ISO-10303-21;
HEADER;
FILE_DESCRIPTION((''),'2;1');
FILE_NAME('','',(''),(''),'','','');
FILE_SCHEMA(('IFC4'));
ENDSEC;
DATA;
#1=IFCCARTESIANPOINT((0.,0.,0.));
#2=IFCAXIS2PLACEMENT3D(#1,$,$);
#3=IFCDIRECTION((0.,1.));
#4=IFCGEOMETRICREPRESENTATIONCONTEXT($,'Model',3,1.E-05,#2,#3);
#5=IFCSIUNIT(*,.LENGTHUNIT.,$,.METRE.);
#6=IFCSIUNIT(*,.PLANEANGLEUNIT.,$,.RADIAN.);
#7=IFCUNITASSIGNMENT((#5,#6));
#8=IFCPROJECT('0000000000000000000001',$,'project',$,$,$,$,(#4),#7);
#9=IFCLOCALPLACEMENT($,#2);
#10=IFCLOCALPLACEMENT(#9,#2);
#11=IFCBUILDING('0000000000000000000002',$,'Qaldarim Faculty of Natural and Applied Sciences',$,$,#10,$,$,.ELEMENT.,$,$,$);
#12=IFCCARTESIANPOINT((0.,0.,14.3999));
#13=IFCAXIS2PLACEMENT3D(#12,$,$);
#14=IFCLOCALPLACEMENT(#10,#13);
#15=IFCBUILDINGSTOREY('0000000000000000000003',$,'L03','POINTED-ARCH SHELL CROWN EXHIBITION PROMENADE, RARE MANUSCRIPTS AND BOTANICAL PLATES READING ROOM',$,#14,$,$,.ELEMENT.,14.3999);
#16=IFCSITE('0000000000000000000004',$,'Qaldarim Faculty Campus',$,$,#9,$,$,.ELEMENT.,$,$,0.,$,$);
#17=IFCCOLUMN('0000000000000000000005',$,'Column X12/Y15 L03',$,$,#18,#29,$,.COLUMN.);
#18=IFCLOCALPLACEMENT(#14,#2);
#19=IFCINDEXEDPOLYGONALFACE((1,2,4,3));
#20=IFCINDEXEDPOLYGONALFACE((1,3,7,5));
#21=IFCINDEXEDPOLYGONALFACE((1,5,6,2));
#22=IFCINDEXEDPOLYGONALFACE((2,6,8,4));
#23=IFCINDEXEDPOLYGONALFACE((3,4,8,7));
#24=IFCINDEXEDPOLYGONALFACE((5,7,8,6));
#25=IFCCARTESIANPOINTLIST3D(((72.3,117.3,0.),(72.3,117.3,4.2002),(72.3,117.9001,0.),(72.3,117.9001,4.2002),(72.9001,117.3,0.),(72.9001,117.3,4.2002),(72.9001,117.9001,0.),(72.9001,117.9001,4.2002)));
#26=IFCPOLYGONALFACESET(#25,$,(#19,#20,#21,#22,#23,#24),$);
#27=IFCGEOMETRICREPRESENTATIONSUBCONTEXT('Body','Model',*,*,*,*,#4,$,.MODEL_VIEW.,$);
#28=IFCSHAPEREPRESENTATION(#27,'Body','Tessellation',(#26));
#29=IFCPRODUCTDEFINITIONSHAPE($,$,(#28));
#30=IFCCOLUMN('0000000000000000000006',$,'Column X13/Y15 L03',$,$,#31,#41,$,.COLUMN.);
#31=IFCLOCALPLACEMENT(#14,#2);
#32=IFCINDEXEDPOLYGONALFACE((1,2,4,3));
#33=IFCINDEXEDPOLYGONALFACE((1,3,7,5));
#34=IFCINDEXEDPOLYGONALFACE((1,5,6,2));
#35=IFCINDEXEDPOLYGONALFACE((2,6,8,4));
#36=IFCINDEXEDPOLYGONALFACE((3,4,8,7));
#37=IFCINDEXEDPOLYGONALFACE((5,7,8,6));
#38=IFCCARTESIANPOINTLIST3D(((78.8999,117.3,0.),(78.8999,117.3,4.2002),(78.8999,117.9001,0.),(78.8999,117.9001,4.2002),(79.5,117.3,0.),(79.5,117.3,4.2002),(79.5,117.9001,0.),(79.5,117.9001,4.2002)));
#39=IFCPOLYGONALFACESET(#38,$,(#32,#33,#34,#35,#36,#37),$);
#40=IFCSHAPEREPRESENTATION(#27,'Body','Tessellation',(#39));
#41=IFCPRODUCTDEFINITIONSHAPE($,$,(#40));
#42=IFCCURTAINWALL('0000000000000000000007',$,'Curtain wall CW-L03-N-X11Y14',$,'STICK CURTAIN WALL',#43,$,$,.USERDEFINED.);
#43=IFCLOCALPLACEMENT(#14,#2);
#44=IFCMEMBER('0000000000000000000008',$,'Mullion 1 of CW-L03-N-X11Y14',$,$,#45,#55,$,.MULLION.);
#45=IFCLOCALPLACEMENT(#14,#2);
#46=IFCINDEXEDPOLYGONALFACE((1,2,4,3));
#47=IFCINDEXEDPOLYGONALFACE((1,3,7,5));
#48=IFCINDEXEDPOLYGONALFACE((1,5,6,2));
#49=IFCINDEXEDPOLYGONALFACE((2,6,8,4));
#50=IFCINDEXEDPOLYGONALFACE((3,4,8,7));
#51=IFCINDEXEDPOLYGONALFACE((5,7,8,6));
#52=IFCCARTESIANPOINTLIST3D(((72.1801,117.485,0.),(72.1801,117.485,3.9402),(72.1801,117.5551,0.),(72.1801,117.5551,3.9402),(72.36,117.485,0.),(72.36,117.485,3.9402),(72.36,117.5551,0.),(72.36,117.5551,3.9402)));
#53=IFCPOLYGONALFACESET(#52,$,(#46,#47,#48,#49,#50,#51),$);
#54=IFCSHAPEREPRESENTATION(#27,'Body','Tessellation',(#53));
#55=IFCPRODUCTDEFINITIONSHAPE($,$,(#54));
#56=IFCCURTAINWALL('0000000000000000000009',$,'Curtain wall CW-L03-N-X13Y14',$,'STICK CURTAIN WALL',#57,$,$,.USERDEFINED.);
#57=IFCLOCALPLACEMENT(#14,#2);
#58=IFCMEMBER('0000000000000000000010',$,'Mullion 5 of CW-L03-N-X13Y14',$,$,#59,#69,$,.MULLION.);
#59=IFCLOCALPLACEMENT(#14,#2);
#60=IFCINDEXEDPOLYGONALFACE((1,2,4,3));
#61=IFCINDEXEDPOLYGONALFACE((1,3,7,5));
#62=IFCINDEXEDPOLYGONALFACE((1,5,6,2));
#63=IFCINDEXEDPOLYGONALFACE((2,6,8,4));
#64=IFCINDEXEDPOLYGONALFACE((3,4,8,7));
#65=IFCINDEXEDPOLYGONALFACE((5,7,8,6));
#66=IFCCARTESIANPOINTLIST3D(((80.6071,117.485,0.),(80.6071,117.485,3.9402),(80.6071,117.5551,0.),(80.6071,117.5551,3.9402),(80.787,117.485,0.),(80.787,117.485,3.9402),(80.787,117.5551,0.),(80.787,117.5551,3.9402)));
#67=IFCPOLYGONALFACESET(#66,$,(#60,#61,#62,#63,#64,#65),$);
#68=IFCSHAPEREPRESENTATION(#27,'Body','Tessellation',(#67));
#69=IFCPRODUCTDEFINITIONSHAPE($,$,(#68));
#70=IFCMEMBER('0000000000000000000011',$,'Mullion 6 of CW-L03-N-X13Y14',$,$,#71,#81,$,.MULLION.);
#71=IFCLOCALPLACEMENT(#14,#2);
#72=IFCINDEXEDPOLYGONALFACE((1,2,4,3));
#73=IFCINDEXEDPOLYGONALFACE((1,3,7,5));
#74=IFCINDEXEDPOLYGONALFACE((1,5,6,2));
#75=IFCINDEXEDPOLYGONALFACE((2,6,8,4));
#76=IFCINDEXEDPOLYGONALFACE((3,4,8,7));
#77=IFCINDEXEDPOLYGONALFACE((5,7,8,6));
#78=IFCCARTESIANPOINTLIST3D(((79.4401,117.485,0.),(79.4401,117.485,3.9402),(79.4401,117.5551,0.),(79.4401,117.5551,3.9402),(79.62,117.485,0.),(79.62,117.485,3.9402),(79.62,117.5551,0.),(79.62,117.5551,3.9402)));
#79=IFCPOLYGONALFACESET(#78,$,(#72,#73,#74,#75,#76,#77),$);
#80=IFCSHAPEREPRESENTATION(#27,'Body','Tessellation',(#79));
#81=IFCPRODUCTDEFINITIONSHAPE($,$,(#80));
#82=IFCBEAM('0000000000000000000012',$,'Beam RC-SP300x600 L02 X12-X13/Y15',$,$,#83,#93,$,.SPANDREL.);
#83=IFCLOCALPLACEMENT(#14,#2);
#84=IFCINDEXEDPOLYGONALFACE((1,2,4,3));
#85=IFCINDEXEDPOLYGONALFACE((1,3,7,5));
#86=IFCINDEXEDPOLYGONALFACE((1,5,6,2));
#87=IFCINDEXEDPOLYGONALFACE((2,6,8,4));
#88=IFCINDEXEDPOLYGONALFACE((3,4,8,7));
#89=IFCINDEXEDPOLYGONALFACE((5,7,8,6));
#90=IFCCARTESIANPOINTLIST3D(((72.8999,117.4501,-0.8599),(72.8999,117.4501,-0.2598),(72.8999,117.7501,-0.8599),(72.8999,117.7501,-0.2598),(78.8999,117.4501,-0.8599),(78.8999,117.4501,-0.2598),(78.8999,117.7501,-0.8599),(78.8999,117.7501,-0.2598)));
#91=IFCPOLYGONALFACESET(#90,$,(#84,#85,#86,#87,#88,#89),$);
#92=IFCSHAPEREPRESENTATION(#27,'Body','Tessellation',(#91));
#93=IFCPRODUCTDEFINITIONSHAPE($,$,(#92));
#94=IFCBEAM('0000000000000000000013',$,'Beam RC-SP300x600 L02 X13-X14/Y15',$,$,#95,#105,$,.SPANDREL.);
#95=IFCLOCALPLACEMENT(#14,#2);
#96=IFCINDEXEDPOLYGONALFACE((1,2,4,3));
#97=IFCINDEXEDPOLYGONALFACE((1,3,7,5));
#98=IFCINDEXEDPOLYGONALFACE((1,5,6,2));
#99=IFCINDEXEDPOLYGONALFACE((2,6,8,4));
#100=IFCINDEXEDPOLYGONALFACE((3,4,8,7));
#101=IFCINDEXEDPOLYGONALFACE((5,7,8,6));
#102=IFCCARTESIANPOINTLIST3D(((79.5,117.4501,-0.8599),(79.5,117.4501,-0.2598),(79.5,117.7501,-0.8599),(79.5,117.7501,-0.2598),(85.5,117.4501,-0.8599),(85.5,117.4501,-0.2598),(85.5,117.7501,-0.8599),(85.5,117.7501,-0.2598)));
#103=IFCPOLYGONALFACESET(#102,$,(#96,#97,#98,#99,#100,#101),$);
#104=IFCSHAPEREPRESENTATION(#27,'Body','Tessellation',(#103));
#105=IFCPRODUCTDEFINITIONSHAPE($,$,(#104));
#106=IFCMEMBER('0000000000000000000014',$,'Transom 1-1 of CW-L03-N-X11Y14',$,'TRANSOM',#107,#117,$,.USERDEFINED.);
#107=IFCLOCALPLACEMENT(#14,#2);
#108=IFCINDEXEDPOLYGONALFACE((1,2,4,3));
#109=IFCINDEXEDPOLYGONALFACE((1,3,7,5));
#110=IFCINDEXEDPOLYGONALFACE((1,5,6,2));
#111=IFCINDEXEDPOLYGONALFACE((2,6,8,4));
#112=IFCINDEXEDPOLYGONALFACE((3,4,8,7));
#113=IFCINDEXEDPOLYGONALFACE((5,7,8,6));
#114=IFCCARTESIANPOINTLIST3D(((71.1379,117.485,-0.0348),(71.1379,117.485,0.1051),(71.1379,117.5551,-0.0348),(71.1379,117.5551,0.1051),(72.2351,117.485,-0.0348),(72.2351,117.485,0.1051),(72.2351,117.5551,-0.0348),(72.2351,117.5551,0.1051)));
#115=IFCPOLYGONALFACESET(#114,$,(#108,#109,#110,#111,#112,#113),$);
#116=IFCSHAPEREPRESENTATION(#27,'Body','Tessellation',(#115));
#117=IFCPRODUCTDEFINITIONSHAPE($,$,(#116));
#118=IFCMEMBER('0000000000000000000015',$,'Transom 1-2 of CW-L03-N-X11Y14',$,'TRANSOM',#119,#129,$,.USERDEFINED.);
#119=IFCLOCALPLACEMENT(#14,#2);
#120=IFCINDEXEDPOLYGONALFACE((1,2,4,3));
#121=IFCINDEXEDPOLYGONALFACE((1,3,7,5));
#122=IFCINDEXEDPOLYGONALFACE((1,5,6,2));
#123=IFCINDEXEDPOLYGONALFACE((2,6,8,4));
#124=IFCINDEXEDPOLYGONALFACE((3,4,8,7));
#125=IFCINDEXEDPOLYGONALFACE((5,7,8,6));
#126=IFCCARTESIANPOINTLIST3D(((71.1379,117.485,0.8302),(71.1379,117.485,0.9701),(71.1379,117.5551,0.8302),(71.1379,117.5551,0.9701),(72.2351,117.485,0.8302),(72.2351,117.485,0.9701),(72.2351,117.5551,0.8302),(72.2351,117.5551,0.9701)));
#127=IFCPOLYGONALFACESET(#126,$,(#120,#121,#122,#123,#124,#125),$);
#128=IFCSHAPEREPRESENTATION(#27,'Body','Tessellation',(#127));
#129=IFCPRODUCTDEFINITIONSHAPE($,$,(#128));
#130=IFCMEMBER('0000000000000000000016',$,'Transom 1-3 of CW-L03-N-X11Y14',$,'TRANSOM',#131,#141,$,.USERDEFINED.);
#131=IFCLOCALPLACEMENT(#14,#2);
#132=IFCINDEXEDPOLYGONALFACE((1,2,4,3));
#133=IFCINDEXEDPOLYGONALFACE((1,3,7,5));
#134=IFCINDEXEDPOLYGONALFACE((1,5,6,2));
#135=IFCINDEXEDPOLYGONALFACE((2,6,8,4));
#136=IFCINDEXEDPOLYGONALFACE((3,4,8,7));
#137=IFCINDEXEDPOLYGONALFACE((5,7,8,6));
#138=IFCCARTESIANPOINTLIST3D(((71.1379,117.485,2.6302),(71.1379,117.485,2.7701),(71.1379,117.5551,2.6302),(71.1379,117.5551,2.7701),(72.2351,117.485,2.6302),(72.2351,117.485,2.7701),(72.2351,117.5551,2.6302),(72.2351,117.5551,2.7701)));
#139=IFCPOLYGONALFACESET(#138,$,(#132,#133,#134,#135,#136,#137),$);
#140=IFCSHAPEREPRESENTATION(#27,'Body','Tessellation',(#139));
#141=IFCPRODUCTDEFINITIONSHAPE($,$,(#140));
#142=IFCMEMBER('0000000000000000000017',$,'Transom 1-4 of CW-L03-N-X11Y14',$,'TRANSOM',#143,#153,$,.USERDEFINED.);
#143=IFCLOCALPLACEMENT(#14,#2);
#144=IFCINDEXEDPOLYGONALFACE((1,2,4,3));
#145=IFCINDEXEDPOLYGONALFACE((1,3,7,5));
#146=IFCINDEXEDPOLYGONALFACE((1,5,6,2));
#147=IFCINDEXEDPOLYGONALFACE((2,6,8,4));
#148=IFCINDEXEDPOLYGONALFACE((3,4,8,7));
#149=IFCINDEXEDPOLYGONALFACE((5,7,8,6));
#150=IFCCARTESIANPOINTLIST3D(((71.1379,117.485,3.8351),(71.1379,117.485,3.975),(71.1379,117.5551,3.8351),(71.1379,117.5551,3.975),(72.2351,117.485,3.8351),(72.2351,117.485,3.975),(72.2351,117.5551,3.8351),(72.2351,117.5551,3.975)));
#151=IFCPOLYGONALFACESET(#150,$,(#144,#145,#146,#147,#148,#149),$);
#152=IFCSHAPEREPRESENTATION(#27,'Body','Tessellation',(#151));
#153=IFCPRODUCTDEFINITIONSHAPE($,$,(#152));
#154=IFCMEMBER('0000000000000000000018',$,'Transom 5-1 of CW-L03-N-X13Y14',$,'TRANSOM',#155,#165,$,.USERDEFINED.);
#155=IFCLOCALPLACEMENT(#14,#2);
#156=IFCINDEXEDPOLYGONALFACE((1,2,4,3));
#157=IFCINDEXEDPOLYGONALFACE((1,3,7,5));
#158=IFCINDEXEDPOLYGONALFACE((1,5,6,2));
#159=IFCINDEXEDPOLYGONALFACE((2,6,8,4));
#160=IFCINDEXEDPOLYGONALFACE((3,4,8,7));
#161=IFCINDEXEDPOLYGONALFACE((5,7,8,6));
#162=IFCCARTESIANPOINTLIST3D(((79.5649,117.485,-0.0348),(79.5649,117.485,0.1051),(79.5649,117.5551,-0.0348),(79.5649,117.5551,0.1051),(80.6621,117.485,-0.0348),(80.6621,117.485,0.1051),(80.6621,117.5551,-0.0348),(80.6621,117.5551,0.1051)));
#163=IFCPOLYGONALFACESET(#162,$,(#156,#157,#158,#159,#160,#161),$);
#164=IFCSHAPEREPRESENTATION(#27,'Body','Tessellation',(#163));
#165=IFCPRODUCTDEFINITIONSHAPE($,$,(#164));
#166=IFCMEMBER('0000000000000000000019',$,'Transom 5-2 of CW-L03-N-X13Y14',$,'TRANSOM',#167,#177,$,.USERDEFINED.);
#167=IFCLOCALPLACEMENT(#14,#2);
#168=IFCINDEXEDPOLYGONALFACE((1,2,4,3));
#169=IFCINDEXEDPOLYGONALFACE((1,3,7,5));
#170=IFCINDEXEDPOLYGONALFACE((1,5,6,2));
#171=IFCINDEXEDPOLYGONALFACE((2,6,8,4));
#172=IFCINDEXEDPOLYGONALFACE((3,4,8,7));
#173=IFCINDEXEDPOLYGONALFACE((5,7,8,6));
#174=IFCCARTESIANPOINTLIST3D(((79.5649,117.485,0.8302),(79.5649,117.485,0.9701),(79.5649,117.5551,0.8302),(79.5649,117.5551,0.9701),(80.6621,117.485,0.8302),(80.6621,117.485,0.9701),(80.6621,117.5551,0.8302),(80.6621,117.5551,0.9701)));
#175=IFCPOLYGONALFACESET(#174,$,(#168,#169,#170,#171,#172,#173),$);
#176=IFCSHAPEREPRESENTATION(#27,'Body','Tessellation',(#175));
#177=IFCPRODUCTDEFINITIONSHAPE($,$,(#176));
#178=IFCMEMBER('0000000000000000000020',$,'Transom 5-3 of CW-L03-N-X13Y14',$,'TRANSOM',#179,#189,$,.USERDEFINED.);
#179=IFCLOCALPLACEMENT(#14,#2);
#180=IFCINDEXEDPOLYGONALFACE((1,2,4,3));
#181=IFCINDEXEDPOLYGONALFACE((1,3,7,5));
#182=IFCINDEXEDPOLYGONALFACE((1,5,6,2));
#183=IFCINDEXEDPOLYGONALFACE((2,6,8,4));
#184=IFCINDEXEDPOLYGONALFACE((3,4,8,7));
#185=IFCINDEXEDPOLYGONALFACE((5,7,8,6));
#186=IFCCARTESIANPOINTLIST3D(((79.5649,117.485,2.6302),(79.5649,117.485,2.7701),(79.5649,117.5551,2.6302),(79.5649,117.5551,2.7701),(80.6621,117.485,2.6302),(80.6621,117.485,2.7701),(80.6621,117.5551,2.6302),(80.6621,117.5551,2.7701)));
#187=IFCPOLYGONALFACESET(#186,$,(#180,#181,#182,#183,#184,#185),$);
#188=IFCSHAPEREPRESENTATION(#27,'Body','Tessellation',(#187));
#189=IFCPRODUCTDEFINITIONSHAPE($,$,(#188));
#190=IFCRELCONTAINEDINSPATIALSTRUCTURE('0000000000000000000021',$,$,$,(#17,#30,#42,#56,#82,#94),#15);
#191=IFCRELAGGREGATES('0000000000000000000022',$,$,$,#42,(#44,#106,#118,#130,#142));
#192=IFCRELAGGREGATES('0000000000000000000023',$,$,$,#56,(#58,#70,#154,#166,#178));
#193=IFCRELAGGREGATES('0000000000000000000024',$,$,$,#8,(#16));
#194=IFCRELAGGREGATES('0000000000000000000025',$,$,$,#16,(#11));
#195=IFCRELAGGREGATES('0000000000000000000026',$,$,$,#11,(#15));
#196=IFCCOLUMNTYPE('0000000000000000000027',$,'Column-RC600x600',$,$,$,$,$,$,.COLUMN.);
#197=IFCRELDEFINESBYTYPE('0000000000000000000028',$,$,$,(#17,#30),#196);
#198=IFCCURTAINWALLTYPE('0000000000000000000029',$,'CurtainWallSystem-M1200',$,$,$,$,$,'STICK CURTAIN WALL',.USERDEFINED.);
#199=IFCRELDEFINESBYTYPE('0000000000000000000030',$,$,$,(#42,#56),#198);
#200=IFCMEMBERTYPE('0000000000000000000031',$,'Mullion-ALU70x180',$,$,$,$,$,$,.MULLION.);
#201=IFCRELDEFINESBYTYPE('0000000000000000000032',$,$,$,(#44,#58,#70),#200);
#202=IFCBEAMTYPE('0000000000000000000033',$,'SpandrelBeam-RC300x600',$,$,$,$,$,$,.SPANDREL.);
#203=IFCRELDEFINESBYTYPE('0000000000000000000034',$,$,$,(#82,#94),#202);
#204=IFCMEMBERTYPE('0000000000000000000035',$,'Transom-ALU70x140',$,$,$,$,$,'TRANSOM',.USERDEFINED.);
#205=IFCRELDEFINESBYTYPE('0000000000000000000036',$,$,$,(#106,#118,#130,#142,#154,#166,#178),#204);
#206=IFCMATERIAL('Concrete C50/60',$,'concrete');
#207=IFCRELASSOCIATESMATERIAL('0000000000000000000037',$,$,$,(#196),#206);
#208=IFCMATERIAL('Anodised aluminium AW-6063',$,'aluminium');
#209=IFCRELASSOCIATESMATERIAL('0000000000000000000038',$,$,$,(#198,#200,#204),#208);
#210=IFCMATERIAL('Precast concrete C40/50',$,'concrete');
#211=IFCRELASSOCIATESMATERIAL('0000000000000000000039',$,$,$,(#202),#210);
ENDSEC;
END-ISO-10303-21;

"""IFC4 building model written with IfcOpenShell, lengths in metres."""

from ifc_helpers import new_model, si_unit, direction, frame, origin, origin_2d, place, context, subcontext, project, spatial, rectangle, extrude, material, material_profile, profile_set, type_object, element, aggregate, save


model = new_model("IFC4")

# Units and contexts
model_context = context("Model", 3, precision=1e-05, world=origin(), true_north=direction((0.0, 1.0)))
body_context = subcontext(model_context, "Body", "Model", "MODEL_VIEW")
ifc_project = project(units=[si_unit("LENGTHUNIT", "METRE"), si_unit("PLANEANGLEUNIT", "RADIAN")], contexts=[model_context])

# Site, building, storey
site_placement = place(None, origin())
site = spatial("IfcSite", under=ifc_project, at=site_placement, Name="Qaldarim Faculty Campus", CompositionType="ELEMENT", RefElevation=0.0)
building_placement = place(site_placement, origin())
building = spatial("IfcBuilding", under=site, at=building_placement, Name="Qaldarim Faculty of Natural and Applied Sciences", CompositionType="ELEMENT")
storey_placement = place(building_placement, frame((0.0, 0.0, 14.3999)))
storey = spatial("IfcBuildingStorey", under=building, at=storey_placement, Name="L03", Description="POINTED-ARCH SHELL CROWN EXHIBITION PROMENADE, RARE MANUSCRIPTS AND BOTANICAL PLATES READING ROOM", CompositionType="ELEMENT", Elevation=14.3999)

# Columns
ifc_material_1 = material(Name="Concrete C50/60", Category="concrete")
ifc_material_profile_1 = material_profile(ifc_material_1, rectangle(XDim=0.6001, YDim=0.6001, at=origin_2d()), Name="RC-C600x600")
ifc_profile_set_1 = profile_set([ifc_material_profile_1], Name="Concrete C50/60")
column_type = type_object("IfcColumnType", Name="Column-RC600x600", PredefinedType="COLUMN", material=ifc_profile_set_1)
for number, where, z_axis, x_axis, name in (
    (1, (72.6001, 117.6001, 0.0), (0.0, 0.0, 1.0), (1.0, 0.0, 0.0), "Column X12/Y15 L03"),
    (2, (79.2, 117.6001, 0.0), (0.0, 0.0, 1.0), (1.0, 0.0, 0.0), "Column X13/Y15 L03"),
):
    element("IfcColumn", number, at=place(storey_placement, frame(where, z_axis=z_axis, x_axis=x_axis)), inside=storey, type_object=column_type, Name=name, PredefinedType="COLUMN", context=body_context, shape_type="SweptSolid", body=[
        extrude(rectangle(XDim=0.6001, YDim=0.6001, at=origin_2d()), origin(), (0.0, 0.0, 1.0), 4.2002),
    ])

# Curtain wall, member
ifc_material_2 = material(Name="Anodised aluminium AW-6063", Category="aluminium")
curtain_wall_type = type_object("IfcCurtainWallType", Name="CurtainWallSystem-M1200", ElementType="STICK CURTAIN WALL", PredefinedType="USERDEFINED", material=ifc_material_2)
curtain_wall_1_placement = place(storey_placement, origin())
curtain_wall_1 = element("IfcCurtainWall", 3, at=curtain_wall_1_placement, inside=storey, type_object=curtain_wall_type, Name="Curtain wall CW-L03-N-X11Y14", ObjectType="STICK CURTAIN WALL", PredefinedType="USERDEFINED")
ifc_material_profile_2 = material_profile(ifc_material_2, rectangle(XDim=0.0701, YDim=0.1799, at=origin_2d()), Name="ALU-M70x180")
ifc_profile_set_2 = profile_set([ifc_material_profile_2], Name="Anodised aluminium AW-6063")
member_type_1 = type_object("IfcMemberType", Name="Mullion-ALU70x180", PredefinedType="MULLION", material=ifc_profile_set_2)
member_1_placement = place(storey_placement, frame((72.27, 117.52, 0.0), z_axis=(0.0, 0.0, 1.0), x_axis=(0.0, -1.0, 0.0)))
member_1 = element("IfcMember", 4, at=member_1_placement, type_object=member_type_1, Name="Mullion 1 of CW-L03-N-X11Y14", PredefinedType="MULLION", context=body_context, shape_type="SweptSolid", body=[
    extrude(rectangle(XDim=0.0701, YDim=0.1799, at=origin_2d()), origin(), (0.0, 0.0, 1.0), 3.9402),
])

# Curtain wall, members
curtain_wall_2_placement = place(storey_placement, origin())
curtain_wall_2 = element("IfcCurtainWall", 5, at=curtain_wall_2_placement, inside=storey, type_object=curtain_wall_type, Name="Curtain wall CW-L03-N-X13Y14", ObjectType="STICK CURTAIN WALL", PredefinedType="USERDEFINED")
member_2_placement = place(storey_placement, frame((80.697, 117.52, 0.0), z_axis=(0.0, 0.0, 1.0), x_axis=(0.0, -1.0, 0.0)))
member_2 = element("IfcMember", 6, at=member_2_placement, type_object=member_type_1, Name="Mullion 5 of CW-L03-N-X13Y14", PredefinedType="MULLION", context=body_context, shape_type="SweptSolid", body=[
    extrude(rectangle(XDim=0.0701, YDim=0.1799, at=origin_2d()), origin(), (0.0, 0.0, 1.0), 3.9402),
])
member_3_placement = place(storey_placement, frame((79.53, 117.52, 0.0), z_axis=(0.0, 0.0, 1.0), x_axis=(0.0, -1.0, 0.0)))
member_3 = element("IfcMember", 7, at=member_3_placement, type_object=member_type_1, Name="Mullion 6 of CW-L03-N-X13Y14", PredefinedType="MULLION", context=body_context, shape_type="SweptSolid", body=[
    extrude(rectangle(XDim=0.0701, YDim=0.1799, at=origin_2d()), origin(), (0.0, 0.0, 1.0), 3.9402),
])

# Beams
ifc_material_3 = material(Name="Precast concrete C40/50", Category="concrete")
ifc_material_profile_3 = material_profile(ifc_material_3, rectangle(XDim=0.3, YDim=0.6001, at=origin_2d()), Name="RC-SP300x600")
ifc_profile_set_3 = profile_set([ifc_material_profile_3], Name="Precast concrete C40/50")
beam_type = type_object("IfcBeamType", Name="SpandrelBeam-RC300x600", PredefinedType="SPANDREL", material=ifc_profile_set_3)
for number, where, z_axis, x_axis, name in (
    (8, (72.8999, 117.6001, -0.5598), (1.0, 0.0, 0.0), (0.0, 1.0, 0.0), "Beam RC-SP300x600 L02 X12-X13/Y15"),
    (9, (79.5, 117.6001, -0.5598), (1.0, 0.0, 0.0), (0.0, 1.0, 0.0), "Beam RC-SP300x600 L02 X13-X14/Y15"),
):
    element("IfcBeam", number, at=place(storey_placement, frame(where, z_axis=z_axis, x_axis=x_axis)), inside=storey, type_object=beam_type, Name=name, PredefinedType="SPANDREL", context=body_context, shape_type="SweptSolid", body=[
        extrude(rectangle(XDim=0.3, YDim=0.6001, at=origin_2d()), origin(), (0.0, 0.0, 1.0), 6.0),
    ])

# Members
ifc_material_profile_4 = material_profile(ifc_material_2, rectangle(XDim=0.0701, YDim=0.1399, at=origin_2d()), Name="ALU-T70x140")
ifc_profile_set_4 = profile_set([ifc_material_profile_4], Name="Anodised aluminium AW-6063")
member_type_2 = type_object("IfcMemberType", Name="Transom-ALU70x140", ElementType="TRANSOM", PredefinedType="USERDEFINED", material=ifc_profile_set_4)
member_4_placement = place(storey_placement, frame((72.2351, 117.52, 0.0352), z_axis=(-1.0, 0.0, 0.0), x_axis=(0.0, -1.0, 0.0)))
member_4 = element("IfcMember", 10, at=member_4_placement, type_object=member_type_2, Name="Transom 1-1 of CW-L03-N-X11Y14", ObjectType="TRANSOM", PredefinedType="USERDEFINED", context=body_context, shape_type="SweptSolid", body=[
    extrude(rectangle(XDim=0.0701, YDim=0.1399, at=origin_2d()), origin(), (0.0, 0.0, 1.0), 1.0972),
])
member_5_placement = place(storey_placement, frame((72.2351, 117.52, 0.9001), z_axis=(-1.0, 0.0, 0.0), x_axis=(0.0, -1.0, 0.0)))
member_5 = element("IfcMember", 11, at=member_5_placement, type_object=member_type_2, Name="Transom 1-2 of CW-L03-N-X11Y14", ObjectType="TRANSOM", PredefinedType="USERDEFINED", context=body_context, shape_type="SweptSolid", body=[
    extrude(rectangle(XDim=0.0701, YDim=0.1399, at=origin_2d()), origin(), (0.0, 0.0, 1.0), 1.0972),
])
member_6_placement = place(storey_placement, frame((72.2351, 117.52, 2.7002), z_axis=(-1.0, 0.0, 0.0), x_axis=(0.0, -1.0, 0.0)))
member_6 = element("IfcMember", 12, at=member_6_placement, type_object=member_type_2, Name="Transom 1-3 of CW-L03-N-X11Y14", ObjectType="TRANSOM", PredefinedType="USERDEFINED", context=body_context, shape_type="SweptSolid", body=[
    extrude(rectangle(XDim=0.0701, YDim=0.1399, at=origin_2d()), origin(), (0.0, 0.0, 1.0), 1.0972),
])
member_7_placement = place(storey_placement, frame((72.2351, 117.52, 3.905), z_axis=(-1.0, 0.0, 0.0), x_axis=(0.0, -1.0, 0.0)))
member_7 = element("IfcMember", 13, at=member_7_placement, type_object=member_type_2, Name="Transom 1-4 of CW-L03-N-X11Y14", ObjectType="TRANSOM", PredefinedType="USERDEFINED", context=body_context, shape_type="SweptSolid", body=[
    extrude(rectangle(XDim=0.0701, YDim=0.1399, at=origin_2d()), origin(), (0.0, 0.0, 1.0), 1.0972),
])
aggregate(curtain_wall_1, [member_1, member_4, member_5, member_6, member_7])
member_8_placement = place(storey_placement, frame((80.6621, 117.52, 0.0352), z_axis=(-1.0, 0.0, 0.0), x_axis=(0.0, -1.0, 0.0)))
member_8 = element("IfcMember", 14, at=member_8_placement, type_object=member_type_2, Name="Transom 5-1 of CW-L03-N-X13Y14", ObjectType="TRANSOM", PredefinedType="USERDEFINED", context=body_context, shape_type="SweptSolid", body=[
    extrude(rectangle(XDim=0.0701, YDim=0.1399, at=origin_2d()), origin(), (0.0, 0.0, 1.0), 1.0972),
])
member_9_placement = place(storey_placement, frame((80.6621, 117.52, 0.9001), z_axis=(-1.0, 0.0, 0.0), x_axis=(0.0, -1.0, 0.0)))
member_9 = element("IfcMember", 15, at=member_9_placement, type_object=member_type_2, Name="Transom 5-2 of CW-L03-N-X13Y14", ObjectType="TRANSOM", PredefinedType="USERDEFINED", context=body_context, shape_type="SweptSolid", body=[
    extrude(rectangle(XDim=0.0701, YDim=0.1399, at=origin_2d()), origin(), (0.0, 0.0, 1.0), 1.0972),
])
member_10_placement = place(storey_placement, frame((80.6621, 117.52, 2.7002), z_axis=(-1.0, 0.0, 0.0), x_axis=(0.0, -1.0, 0.0)))
member_10 = element("IfcMember", 16, at=member_10_placement, type_object=member_type_2, Name="Transom 5-3 of CW-L03-N-X13Y14", ObjectType="TRANSOM", PredefinedType="USERDEFINED", context=body_context, shape_type="SweptSolid", body=[
    extrude(rectangle(XDim=0.0701, YDim=0.1399, at=origin_2d()), origin(), (0.0, 0.0, 1.0), 1.0972),
])

aggregate(curtain_wall_2, [member_2, member_3, member_8, member_9, member_10])

save(model, "model.ifc")
